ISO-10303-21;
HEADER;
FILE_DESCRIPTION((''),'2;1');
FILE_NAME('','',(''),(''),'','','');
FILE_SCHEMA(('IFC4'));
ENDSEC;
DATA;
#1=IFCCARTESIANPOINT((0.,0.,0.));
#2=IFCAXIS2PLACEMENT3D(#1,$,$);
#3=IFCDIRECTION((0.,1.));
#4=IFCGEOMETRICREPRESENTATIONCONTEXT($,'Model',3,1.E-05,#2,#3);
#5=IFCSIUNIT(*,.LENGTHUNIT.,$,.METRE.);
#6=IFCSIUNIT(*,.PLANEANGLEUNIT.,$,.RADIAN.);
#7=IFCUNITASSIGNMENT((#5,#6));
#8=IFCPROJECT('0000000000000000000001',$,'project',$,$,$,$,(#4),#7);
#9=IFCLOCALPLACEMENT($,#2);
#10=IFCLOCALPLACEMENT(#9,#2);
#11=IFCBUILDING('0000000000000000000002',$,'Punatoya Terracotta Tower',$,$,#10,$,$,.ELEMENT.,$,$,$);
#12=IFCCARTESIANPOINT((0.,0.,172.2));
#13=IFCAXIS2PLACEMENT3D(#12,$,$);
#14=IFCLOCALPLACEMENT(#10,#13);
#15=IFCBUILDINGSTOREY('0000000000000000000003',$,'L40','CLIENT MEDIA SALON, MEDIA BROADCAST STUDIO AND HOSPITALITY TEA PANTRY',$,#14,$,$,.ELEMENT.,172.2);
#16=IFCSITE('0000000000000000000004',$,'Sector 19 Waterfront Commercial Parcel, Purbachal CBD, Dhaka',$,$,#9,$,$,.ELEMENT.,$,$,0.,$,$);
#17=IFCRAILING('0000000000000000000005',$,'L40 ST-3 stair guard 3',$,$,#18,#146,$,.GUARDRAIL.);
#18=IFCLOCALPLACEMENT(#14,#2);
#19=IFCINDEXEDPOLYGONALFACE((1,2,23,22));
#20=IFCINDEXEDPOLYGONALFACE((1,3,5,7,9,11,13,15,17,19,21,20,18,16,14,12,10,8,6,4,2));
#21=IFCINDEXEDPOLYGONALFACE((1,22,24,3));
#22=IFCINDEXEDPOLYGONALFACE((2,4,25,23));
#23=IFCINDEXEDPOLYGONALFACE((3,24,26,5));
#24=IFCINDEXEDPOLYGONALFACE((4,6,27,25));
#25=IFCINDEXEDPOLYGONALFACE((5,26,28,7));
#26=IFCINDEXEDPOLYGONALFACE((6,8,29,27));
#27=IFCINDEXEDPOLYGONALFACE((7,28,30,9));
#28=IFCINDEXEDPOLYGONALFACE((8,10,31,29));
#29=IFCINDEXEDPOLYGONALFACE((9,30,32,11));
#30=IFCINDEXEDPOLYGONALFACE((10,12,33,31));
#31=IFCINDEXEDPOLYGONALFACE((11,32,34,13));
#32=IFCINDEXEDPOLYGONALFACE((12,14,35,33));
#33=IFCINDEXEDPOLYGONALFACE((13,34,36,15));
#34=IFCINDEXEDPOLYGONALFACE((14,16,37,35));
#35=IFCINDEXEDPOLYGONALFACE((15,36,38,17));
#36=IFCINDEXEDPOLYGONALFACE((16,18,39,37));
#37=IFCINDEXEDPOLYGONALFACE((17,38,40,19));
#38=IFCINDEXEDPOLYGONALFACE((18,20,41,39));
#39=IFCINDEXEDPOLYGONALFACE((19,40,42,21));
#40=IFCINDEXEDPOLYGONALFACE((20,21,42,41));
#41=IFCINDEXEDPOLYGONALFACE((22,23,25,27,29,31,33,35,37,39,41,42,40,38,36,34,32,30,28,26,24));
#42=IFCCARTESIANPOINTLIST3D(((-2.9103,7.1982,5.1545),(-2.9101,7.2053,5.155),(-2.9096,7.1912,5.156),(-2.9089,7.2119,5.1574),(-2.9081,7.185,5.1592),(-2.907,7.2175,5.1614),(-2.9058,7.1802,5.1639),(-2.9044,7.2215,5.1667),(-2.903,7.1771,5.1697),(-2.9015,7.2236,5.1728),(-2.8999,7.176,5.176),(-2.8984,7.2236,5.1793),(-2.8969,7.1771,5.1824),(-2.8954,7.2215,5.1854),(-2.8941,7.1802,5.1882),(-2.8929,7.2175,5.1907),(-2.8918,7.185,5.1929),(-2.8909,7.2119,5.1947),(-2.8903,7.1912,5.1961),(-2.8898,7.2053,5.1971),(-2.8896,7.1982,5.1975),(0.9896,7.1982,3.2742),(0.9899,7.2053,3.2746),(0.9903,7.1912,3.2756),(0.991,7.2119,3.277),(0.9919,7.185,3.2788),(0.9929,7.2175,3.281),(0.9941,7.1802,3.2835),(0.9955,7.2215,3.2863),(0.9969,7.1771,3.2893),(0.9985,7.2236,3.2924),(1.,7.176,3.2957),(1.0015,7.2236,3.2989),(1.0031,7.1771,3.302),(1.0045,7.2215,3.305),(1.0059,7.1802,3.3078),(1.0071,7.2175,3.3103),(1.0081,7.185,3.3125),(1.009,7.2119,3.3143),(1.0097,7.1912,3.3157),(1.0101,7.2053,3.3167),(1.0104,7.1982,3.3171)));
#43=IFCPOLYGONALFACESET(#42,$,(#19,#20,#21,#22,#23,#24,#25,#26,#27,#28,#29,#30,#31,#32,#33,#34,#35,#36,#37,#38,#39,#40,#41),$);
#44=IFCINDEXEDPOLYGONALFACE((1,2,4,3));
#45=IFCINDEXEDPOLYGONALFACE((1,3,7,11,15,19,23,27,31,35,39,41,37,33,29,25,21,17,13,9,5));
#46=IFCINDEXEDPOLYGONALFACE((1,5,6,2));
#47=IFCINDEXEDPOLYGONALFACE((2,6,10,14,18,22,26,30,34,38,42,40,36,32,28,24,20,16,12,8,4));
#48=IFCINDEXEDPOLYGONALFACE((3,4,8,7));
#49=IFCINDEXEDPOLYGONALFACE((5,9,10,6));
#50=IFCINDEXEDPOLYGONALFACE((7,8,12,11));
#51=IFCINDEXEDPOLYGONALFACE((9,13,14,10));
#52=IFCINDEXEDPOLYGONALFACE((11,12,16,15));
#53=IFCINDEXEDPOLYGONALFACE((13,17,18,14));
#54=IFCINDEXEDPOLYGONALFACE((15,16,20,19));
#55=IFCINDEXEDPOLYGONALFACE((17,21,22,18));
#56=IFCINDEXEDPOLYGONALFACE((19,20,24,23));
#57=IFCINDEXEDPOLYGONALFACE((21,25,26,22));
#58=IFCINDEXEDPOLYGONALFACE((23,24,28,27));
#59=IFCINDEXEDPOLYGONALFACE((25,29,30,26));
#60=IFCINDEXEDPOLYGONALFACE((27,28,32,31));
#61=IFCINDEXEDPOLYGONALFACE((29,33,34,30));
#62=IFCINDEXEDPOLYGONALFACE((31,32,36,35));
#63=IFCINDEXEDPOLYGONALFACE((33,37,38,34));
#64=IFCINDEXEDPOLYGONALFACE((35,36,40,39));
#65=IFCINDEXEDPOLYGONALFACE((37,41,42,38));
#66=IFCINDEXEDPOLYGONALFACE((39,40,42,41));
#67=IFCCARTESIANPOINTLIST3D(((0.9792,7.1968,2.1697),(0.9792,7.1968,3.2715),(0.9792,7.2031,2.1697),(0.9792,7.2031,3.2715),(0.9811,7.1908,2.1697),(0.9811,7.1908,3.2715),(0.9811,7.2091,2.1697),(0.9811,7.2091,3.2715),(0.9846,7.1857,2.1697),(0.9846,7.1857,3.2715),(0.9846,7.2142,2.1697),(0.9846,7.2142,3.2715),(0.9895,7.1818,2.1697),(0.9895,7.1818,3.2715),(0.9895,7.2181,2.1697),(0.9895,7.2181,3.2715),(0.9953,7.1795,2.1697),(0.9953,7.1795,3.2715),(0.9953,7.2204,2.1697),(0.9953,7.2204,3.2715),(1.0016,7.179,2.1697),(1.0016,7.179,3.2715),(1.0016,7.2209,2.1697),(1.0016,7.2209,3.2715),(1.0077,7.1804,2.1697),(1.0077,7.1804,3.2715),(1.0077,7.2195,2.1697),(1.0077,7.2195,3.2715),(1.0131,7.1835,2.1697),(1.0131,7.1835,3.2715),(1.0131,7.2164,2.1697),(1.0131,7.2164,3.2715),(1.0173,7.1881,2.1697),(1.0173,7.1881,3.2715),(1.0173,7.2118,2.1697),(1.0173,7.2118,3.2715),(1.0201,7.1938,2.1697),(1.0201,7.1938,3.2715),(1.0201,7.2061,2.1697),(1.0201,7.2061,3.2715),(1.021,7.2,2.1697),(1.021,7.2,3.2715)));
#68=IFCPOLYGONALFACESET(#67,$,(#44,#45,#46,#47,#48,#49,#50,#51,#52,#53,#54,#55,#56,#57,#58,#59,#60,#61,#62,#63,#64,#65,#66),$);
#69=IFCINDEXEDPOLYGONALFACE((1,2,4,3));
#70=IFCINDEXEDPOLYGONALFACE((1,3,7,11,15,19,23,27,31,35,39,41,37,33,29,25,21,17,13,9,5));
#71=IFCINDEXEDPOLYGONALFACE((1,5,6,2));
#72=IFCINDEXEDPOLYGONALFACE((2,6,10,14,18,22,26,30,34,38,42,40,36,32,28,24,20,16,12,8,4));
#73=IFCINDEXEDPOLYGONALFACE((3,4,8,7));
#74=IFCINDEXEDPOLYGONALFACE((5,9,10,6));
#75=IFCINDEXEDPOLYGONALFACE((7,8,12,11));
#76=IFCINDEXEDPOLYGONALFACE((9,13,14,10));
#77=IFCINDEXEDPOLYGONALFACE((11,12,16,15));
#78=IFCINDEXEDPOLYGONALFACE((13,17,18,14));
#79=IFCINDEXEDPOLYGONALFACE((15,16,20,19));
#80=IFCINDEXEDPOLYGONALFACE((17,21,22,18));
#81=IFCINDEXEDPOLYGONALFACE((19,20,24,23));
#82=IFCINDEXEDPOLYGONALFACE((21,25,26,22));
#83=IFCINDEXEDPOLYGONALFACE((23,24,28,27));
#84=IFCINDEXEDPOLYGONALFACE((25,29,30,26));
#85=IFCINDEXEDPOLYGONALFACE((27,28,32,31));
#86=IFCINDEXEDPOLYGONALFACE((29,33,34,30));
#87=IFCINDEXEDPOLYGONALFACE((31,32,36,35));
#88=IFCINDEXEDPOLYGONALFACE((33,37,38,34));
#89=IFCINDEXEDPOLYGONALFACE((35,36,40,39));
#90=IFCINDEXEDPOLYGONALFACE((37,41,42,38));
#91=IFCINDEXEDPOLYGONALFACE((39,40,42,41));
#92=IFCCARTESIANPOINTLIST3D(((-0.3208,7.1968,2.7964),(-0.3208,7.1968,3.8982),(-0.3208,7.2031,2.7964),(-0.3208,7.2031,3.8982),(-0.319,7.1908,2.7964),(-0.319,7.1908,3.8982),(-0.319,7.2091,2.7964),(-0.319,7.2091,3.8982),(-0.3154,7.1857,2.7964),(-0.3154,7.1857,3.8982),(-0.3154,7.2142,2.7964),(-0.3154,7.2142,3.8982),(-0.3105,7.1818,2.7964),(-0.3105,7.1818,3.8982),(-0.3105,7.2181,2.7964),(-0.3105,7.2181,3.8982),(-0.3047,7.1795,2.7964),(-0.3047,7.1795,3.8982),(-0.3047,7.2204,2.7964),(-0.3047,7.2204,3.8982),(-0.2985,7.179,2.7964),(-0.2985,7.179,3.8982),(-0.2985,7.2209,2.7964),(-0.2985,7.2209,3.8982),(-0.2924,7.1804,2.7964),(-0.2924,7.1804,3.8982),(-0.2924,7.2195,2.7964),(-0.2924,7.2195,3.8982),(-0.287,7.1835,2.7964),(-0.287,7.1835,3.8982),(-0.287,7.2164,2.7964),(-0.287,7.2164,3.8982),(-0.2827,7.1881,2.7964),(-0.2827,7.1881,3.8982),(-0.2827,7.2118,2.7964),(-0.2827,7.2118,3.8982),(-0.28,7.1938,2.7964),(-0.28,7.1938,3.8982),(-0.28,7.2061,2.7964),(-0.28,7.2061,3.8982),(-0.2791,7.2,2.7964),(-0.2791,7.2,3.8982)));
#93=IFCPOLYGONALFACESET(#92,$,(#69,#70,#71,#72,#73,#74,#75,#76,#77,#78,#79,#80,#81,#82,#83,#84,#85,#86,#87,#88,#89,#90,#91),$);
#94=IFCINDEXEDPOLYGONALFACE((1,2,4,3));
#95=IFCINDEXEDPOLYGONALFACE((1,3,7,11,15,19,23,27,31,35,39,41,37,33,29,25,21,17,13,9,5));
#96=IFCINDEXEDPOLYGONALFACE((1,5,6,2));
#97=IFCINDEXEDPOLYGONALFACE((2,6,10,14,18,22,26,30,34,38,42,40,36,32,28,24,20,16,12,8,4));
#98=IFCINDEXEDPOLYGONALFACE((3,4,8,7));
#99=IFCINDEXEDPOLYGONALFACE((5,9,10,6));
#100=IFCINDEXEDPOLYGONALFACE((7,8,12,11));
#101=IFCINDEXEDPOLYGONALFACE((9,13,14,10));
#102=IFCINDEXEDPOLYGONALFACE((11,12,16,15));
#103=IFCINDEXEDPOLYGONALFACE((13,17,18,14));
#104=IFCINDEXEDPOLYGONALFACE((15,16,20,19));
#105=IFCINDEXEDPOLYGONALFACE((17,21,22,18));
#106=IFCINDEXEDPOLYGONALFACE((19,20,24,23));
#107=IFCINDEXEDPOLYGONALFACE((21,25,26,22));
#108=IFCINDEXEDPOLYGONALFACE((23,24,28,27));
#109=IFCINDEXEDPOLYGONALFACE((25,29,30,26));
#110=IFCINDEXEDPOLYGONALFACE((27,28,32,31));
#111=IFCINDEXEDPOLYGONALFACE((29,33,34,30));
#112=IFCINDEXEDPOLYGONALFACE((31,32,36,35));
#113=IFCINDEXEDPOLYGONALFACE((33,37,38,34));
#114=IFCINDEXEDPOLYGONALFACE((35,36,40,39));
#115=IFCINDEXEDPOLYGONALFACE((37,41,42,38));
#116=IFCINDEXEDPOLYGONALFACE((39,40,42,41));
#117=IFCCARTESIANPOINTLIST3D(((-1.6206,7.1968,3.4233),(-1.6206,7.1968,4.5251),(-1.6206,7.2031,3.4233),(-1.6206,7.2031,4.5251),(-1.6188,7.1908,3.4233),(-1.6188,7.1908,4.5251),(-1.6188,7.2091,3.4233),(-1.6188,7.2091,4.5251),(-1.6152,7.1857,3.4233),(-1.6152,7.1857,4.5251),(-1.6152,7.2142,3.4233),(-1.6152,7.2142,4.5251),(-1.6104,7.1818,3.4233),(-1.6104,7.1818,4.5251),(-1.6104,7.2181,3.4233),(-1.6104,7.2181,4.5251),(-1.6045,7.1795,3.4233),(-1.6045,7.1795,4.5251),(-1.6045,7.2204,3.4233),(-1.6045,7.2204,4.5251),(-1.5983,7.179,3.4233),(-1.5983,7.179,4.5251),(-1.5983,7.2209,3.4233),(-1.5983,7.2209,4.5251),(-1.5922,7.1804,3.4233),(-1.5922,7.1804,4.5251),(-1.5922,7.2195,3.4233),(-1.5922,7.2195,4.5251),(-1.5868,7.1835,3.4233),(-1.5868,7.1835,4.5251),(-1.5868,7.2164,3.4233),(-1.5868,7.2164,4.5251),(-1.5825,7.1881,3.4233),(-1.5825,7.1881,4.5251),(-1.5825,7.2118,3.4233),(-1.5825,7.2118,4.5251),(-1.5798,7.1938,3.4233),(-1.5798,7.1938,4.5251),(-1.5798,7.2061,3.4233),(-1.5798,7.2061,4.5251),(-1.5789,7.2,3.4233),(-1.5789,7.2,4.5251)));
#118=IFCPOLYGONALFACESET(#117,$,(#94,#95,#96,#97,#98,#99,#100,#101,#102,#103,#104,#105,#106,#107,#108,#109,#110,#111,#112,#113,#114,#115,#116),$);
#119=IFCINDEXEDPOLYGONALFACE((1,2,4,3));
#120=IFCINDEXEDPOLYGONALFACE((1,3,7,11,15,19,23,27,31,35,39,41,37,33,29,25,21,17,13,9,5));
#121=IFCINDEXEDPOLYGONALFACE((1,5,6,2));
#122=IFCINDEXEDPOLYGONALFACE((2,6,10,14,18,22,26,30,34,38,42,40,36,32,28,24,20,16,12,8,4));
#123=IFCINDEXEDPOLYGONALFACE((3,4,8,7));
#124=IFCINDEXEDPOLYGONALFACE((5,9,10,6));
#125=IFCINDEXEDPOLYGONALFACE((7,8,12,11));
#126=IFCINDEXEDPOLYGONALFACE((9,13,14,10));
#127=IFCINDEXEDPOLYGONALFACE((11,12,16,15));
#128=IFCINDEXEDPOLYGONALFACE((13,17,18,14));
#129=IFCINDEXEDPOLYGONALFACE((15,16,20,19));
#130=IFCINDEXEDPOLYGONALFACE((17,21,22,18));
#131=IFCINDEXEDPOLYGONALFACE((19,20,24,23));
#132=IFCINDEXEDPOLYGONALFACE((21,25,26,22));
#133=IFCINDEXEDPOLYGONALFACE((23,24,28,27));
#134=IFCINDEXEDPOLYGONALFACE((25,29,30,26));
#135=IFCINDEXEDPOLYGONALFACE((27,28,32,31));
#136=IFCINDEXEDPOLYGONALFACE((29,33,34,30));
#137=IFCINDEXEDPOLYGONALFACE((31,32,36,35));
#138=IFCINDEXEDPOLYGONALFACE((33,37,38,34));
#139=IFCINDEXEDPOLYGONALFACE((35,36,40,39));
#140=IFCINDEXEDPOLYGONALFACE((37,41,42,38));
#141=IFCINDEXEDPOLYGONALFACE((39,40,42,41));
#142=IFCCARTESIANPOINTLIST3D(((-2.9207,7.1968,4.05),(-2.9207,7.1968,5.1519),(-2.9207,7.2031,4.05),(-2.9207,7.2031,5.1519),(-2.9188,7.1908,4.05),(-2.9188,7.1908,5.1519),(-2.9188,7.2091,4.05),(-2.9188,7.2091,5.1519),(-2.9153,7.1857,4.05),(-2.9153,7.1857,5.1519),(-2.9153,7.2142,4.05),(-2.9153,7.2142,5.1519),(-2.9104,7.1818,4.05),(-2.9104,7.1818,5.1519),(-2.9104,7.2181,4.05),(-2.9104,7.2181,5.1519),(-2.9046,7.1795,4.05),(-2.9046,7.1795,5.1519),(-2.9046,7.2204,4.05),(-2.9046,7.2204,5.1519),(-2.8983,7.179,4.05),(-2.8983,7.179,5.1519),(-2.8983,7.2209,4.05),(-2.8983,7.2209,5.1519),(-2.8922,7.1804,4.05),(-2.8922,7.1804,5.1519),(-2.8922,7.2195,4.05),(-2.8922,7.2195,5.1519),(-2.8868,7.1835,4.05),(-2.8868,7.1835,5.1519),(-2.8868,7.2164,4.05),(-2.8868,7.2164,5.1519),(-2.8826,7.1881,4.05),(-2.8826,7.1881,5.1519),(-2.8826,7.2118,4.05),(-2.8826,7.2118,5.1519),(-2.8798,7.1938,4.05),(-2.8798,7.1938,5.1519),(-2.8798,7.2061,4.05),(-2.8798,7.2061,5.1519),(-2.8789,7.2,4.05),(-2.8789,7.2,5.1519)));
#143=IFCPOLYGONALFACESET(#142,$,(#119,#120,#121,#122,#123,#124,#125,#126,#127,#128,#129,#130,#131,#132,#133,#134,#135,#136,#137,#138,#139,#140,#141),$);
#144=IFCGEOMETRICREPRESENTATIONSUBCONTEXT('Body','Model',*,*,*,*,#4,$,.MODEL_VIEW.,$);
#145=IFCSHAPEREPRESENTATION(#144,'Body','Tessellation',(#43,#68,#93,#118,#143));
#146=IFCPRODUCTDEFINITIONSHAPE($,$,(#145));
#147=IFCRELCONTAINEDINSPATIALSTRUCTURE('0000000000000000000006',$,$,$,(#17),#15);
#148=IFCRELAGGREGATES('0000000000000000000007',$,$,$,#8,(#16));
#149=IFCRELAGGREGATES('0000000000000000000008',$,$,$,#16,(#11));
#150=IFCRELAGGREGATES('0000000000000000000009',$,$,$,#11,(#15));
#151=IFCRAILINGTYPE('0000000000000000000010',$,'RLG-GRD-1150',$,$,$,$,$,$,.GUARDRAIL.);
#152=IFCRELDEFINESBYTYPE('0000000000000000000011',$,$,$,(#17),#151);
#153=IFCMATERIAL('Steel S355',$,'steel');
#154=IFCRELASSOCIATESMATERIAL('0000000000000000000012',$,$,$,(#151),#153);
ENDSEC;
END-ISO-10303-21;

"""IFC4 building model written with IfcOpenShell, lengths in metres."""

from ifc_helpers import new_model, si_unit, direction, frame, origin, origin_2d, place, context, subcontext, project, spatial, circle, extrude, material, type_object, element, save


model = new_model("IFC4")

# Units and contexts
model_context = context("Model", 3, precision=1e-05, world=origin(), true_north=direction((0.0, 1.0)))
body_context = subcontext(model_context, "Body", "Model", "MODEL_VIEW")
ifc_project = project(units=[si_unit("LENGTHUNIT", "METRE"), si_unit("PLANEANGLEUNIT", "RADIAN")], contexts=[model_context])

# Site, building, storey
site_placement = place(None, origin())
site = spatial("IfcSite", under=ifc_project, at=site_placement, Name="Sector 19 Waterfront Commercial Parcel, Purbachal CBD, Dhaka", CompositionType="ELEMENT", RefElevation=0.0)
building_placement = place(site_placement, origin())
building = spatial("IfcBuilding", under=site, at=building_placement, Name="Punatoya Terracotta Tower", CompositionType="ELEMENT")
storey_placement = place(building_placement, frame((0.0, 0.0, 172.2)))
storey = spatial("IfcBuildingStorey", under=building, at=storey_placement, Name="L40", Description="CLIENT MEDIA SALON, MEDIA BROADCAST STUDIO AND HOSPITALITY TEA PANTRY", CompositionType="ELEMENT", Elevation=172.2)

# Shared definitions
ifc_material_1 = material(Name="Steel S355", Category="steel")

# Railing
railing_type = type_object("IfcRailingType", Name="RLG-GRD-1150", PredefinedType="GUARDRAIL", material=ifc_material_1)
railing_1_placement = place(storey_placement, frame((1.0, 7.2, 2.1697)))
element("IfcRailing", 1, at=railing_1_placement, inside=storey, type_object=railing_type, Name="L40 ST-3 stair guard 3", PredefinedType="GUARDRAIL", context=body_context, shape_type="SweptSolid", body=[
    extrude(circle(Radius=0.0239, at=origin_2d()), frame((0.0, 0.0, 1.126), z_axis=(-0.900763, 0.0, 0.434311), x_axis=(0.0, -1.0, 0.0)), (0.0, 0.0, 1.0), 4.3296),
    extrude(circle(Radius=0.021, at=origin_2d()), origin(), (0.0, 0.0, 1.0), 1.1018),
    extrude(circle(Radius=0.021, at=origin_2d()), frame((-1.3, 0.0, 0.6267)), (0.0, 0.0, 1.0), 1.1018),
    extrude(circle(Radius=0.021, at=origin_2d()), frame((-2.5999, 0.0, 1.2537)), (0.0, 0.0, 1.0), 1.1018),
    extrude(circle(Radius=0.021, at=origin_2d()), frame((-3.8999, 0.0, 1.8804)), (0.0, 0.0, 1.0), 1.1018),
])

save(model, "model.ifc")
